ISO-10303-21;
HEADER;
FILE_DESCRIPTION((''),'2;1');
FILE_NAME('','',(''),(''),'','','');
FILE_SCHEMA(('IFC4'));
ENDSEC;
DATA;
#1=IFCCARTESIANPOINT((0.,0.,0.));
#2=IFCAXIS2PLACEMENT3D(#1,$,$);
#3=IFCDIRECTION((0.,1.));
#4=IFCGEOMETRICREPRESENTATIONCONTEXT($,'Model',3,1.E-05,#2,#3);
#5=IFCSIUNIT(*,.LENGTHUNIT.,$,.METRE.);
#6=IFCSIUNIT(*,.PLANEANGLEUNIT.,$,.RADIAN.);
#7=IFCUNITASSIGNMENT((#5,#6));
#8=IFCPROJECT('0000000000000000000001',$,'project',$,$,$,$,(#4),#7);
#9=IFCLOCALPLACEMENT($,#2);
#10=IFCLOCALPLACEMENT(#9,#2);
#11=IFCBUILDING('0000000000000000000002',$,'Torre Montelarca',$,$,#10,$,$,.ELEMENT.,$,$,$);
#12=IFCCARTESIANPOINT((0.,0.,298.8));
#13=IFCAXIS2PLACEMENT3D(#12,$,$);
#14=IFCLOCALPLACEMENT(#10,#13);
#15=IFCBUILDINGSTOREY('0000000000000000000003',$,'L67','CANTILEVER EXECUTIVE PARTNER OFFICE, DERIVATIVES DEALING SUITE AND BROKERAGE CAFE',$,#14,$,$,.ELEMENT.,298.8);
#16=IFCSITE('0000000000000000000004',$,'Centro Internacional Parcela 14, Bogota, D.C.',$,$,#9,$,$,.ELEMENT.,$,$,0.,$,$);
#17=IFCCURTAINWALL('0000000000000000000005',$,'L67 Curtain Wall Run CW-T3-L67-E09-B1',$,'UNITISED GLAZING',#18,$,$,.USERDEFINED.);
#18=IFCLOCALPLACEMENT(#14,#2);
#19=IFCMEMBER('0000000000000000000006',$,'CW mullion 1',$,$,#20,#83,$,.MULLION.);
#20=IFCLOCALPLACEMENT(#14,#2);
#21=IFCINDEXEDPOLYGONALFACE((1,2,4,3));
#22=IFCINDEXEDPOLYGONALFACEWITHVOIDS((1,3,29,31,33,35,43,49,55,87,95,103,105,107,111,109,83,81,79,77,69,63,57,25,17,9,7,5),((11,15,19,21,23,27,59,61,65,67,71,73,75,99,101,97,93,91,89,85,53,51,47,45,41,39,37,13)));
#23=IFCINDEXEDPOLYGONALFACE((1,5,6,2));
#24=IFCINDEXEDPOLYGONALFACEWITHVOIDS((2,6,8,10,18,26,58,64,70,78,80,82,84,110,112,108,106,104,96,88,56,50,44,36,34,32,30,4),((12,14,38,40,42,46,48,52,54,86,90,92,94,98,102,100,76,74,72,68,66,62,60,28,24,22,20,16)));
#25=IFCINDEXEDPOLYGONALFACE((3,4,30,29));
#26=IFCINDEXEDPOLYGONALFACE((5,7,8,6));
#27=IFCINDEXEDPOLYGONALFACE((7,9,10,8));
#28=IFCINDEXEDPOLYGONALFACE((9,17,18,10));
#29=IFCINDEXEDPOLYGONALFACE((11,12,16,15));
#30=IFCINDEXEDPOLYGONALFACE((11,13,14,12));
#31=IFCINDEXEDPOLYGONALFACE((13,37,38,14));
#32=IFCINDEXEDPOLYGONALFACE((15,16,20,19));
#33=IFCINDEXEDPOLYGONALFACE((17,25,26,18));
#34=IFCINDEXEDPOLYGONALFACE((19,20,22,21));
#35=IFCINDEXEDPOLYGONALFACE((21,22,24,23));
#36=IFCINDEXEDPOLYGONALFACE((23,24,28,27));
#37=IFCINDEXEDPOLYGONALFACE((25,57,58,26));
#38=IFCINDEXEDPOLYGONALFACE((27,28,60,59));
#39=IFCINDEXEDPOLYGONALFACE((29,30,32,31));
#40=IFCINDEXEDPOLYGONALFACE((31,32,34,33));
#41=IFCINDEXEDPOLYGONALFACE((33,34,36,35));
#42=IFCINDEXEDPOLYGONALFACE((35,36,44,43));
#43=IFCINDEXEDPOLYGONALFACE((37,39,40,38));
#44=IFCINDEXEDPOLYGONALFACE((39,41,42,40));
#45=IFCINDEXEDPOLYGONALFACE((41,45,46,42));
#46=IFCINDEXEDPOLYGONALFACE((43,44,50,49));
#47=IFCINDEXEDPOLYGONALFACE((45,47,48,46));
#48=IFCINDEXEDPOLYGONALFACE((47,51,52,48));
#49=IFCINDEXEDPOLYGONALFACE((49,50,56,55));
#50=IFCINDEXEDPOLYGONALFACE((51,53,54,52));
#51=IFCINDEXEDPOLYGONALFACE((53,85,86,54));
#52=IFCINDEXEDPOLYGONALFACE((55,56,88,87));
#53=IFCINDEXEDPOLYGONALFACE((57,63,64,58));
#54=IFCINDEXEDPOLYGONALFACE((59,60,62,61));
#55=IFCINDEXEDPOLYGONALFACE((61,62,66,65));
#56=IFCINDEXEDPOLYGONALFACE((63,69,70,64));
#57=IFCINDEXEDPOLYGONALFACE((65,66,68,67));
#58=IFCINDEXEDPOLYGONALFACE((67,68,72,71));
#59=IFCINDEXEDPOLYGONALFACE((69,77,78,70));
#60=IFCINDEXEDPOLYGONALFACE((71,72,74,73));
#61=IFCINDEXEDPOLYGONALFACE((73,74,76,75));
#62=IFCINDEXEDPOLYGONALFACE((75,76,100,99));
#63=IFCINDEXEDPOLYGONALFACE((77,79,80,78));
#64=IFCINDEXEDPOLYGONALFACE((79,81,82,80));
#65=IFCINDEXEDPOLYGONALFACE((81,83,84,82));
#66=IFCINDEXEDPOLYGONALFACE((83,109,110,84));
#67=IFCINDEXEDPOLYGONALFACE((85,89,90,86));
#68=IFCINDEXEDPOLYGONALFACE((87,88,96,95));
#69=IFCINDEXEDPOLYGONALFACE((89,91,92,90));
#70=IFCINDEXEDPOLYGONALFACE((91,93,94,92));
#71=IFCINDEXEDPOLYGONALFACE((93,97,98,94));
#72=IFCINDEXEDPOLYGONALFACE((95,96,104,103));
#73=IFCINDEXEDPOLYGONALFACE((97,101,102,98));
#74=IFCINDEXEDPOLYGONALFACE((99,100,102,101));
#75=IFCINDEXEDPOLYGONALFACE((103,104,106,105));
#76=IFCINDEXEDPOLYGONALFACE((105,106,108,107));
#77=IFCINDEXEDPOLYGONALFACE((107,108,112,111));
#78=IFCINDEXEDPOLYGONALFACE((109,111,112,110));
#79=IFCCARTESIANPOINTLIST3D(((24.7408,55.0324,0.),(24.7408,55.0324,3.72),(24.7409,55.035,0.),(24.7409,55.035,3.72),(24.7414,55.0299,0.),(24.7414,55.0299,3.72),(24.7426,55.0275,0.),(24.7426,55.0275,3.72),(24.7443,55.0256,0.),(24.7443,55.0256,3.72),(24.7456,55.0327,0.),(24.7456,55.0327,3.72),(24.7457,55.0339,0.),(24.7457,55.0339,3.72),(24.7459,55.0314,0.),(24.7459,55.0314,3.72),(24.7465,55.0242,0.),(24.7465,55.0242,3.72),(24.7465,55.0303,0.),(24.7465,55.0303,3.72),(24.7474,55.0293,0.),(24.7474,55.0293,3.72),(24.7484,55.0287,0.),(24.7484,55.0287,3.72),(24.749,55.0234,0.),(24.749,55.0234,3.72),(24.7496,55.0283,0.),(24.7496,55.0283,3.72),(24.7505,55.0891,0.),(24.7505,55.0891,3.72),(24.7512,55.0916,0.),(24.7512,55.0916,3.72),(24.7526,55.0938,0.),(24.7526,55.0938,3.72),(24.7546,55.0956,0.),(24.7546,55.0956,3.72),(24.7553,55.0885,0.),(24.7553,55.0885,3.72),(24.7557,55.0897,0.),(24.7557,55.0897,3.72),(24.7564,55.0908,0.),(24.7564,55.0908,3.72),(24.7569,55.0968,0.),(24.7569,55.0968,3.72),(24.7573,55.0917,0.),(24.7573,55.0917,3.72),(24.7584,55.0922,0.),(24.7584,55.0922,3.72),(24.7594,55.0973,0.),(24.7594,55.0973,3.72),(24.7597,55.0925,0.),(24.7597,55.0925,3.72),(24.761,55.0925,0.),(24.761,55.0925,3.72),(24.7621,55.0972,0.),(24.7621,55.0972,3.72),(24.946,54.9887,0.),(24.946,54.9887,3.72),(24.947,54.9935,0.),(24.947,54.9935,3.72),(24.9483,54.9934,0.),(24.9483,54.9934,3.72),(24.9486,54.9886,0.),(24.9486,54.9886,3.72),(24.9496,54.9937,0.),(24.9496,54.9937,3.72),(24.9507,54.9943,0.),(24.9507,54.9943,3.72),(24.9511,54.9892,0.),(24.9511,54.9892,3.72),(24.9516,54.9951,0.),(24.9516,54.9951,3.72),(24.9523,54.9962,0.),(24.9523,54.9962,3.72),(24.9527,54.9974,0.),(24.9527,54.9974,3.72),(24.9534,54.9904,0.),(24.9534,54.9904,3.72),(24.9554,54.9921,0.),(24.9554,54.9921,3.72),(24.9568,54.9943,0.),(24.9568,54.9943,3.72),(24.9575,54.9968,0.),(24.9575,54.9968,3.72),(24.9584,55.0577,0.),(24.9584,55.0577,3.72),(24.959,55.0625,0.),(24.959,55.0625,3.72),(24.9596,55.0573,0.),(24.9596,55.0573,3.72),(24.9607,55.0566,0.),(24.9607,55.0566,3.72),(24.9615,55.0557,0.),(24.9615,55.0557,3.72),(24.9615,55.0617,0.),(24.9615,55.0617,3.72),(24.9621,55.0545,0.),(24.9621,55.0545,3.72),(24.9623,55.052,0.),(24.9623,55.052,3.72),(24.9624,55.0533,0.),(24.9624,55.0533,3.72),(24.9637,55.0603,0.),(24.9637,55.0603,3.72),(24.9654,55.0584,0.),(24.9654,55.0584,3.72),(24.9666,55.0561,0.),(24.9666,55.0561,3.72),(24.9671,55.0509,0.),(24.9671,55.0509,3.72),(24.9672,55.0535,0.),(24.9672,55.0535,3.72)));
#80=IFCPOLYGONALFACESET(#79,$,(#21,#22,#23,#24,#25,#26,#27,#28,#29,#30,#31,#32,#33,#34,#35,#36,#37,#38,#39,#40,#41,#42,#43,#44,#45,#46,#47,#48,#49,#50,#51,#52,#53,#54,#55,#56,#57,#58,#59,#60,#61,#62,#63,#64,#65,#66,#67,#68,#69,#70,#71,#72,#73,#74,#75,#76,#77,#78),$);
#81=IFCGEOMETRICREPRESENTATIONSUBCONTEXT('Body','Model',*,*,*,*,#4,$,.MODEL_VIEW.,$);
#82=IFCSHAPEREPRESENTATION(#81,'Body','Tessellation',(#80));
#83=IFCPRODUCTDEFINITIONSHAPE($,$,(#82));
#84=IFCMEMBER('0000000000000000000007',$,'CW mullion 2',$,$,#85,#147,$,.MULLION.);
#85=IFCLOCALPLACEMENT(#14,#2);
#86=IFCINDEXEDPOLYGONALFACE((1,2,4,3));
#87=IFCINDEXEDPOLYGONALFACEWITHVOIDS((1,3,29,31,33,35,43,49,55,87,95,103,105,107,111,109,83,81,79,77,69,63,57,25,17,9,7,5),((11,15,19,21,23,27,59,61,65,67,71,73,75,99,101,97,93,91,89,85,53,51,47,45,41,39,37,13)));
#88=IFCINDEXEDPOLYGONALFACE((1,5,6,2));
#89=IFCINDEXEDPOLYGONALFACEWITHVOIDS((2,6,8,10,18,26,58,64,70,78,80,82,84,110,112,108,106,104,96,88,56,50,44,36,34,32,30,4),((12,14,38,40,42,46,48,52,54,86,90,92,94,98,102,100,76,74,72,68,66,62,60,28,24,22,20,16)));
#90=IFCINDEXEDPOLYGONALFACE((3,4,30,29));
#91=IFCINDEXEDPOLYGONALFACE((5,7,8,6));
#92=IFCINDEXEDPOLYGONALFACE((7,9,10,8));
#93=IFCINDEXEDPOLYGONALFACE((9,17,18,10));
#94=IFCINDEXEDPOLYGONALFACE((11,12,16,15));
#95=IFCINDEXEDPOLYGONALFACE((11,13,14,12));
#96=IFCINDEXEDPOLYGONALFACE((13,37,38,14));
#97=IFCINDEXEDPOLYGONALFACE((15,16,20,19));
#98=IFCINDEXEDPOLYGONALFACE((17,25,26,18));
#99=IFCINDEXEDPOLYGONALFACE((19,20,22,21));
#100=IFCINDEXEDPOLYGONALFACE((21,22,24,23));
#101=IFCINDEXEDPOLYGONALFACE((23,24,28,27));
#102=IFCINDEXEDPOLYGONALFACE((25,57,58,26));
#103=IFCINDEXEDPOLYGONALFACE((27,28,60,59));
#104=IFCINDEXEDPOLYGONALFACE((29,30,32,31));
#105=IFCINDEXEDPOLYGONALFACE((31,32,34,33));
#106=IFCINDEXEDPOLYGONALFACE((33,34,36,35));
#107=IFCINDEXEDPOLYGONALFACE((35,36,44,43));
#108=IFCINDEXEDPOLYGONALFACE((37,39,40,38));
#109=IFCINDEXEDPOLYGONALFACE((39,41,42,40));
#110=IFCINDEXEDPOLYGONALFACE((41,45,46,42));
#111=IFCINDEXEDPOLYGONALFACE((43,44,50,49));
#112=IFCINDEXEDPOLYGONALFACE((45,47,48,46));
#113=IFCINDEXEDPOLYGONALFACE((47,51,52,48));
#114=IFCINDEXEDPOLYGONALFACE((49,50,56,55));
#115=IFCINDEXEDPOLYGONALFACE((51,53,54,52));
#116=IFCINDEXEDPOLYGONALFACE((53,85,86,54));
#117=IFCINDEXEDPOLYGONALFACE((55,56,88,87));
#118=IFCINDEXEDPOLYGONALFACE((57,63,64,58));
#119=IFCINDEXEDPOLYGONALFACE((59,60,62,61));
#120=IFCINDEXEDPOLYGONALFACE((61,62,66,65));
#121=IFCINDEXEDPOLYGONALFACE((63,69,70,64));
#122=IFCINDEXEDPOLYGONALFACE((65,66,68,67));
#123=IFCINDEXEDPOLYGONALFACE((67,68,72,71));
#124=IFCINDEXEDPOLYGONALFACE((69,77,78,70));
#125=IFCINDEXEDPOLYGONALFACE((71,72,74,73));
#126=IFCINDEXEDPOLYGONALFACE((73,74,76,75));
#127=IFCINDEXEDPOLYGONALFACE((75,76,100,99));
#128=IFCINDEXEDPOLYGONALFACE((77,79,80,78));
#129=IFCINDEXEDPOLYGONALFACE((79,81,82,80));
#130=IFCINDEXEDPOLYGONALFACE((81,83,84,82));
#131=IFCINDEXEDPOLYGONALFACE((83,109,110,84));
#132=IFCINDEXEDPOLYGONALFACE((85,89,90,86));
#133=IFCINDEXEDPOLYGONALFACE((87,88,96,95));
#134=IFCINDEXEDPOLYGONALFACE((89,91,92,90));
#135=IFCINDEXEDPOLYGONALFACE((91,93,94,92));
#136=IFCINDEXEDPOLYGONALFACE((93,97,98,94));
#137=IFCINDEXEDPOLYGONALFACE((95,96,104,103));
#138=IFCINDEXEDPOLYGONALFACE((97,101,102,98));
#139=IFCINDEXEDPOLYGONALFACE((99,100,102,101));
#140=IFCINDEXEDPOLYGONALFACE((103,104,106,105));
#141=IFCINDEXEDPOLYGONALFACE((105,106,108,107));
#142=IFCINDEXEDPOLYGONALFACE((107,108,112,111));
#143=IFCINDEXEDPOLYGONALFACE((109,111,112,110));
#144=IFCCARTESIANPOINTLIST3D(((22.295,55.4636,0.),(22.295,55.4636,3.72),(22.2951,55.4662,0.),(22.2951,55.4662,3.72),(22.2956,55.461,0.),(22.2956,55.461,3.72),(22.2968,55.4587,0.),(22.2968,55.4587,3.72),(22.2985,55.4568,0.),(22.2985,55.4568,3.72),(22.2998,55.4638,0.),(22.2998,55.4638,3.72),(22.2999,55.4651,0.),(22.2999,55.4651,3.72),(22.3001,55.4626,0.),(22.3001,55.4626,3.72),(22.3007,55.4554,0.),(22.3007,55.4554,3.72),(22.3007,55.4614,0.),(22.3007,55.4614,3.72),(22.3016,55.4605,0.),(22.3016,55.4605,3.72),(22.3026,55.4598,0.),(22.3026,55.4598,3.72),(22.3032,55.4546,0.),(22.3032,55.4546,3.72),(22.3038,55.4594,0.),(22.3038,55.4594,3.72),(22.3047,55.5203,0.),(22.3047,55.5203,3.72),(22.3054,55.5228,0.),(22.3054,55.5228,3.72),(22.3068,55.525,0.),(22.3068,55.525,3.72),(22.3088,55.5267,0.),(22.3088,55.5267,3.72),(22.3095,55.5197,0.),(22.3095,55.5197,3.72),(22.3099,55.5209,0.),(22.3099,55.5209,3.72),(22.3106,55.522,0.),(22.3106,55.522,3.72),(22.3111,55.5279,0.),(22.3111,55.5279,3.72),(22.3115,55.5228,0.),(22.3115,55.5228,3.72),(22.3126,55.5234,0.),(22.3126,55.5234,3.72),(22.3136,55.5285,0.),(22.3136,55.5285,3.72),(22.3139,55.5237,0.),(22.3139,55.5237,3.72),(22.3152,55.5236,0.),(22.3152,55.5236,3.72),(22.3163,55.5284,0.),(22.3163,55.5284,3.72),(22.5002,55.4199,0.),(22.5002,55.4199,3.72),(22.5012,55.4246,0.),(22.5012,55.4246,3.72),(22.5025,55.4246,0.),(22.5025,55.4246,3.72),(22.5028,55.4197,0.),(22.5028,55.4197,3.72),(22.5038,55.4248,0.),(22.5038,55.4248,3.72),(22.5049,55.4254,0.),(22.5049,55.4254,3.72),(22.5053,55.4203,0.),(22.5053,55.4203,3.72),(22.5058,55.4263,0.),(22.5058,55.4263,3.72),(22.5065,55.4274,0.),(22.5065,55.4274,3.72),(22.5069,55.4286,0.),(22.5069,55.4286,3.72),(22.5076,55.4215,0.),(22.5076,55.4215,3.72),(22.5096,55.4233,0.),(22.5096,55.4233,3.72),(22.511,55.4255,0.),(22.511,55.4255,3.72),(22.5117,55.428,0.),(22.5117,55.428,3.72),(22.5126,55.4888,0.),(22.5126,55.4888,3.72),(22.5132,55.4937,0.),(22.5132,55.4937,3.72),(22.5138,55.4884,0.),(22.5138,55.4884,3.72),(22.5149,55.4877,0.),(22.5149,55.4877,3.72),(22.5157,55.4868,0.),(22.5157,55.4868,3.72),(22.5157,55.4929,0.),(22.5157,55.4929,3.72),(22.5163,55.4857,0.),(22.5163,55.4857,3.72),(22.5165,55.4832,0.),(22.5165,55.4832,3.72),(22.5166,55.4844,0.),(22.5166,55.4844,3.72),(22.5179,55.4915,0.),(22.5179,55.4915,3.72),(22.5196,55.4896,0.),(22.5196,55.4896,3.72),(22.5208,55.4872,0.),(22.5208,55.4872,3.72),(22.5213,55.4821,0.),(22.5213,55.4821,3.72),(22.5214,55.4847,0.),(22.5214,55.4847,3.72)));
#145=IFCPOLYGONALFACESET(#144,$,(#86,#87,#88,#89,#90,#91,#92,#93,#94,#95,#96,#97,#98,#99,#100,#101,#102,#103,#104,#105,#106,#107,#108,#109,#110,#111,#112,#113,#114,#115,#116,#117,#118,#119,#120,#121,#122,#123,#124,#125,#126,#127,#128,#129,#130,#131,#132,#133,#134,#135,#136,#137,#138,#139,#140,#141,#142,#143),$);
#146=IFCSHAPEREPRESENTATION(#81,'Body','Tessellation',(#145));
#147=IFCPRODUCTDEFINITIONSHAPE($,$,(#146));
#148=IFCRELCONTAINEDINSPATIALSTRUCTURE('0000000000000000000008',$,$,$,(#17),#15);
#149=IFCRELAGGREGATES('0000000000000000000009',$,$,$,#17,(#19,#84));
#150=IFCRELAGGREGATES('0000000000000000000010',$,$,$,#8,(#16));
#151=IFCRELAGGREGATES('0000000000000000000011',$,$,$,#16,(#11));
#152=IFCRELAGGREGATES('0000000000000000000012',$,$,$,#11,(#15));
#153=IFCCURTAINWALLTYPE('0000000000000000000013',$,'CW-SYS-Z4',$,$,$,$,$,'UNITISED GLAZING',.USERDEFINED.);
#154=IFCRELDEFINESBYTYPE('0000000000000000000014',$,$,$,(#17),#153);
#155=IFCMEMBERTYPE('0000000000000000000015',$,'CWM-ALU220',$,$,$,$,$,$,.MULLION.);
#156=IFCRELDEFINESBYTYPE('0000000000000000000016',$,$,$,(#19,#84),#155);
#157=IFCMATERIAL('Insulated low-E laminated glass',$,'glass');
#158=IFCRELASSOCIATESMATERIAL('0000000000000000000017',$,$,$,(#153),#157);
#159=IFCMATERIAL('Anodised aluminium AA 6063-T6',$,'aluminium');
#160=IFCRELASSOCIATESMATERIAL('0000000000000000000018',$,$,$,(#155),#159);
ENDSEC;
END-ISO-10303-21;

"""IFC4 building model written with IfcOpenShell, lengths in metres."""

from ifc_helpers import new_model, si_unit, direction, frame, origin, origin_2d, place, context, subcontext, project, spatial, hollow_rectangle, extrude, source, transform, mapped, material, material_profile, profile_set, type_object, element, aggregate, save


model = new_model("IFC4")

# Units and contexts
model_context = context("Model", 3, precision=1e-05, world=origin(), true_north=direction((0.0, 1.0)))
body_context = subcontext(model_context, "Body", "Model", "MODEL_VIEW")
ifc_project = project(units=[si_unit("LENGTHUNIT", "METRE"), si_unit("PLANEANGLEUNIT", "RADIAN")], contexts=[model_context])

# Site, building, storey
site_placement = place(None, origin())
site = spatial("IfcSite", under=ifc_project, at=site_placement, Name="Centro Internacional Parcela 14, Bogota, D.C.", CompositionType="ELEMENT", RefElevation=0.0)
building_placement = place(site_placement, origin())
building = spatial("IfcBuilding", under=site, at=building_placement, Name="Torre Montelarca", CompositionType="ELEMENT")
storey_placement = place(building_placement, frame((0.0, 0.0, 298.8)))
storey = spatial("IfcBuildingStorey", under=building, at=storey_placement, Name="L67", Description="CANTILEVER EXECUTIVE PARTNER OFFICE, DERIVATIVES DEALING SUITE AND BROKERAGE CAFE", CompositionType="ELEMENT", Elevation=298.8)

# Shared definitions
ifc_material_1 = material(Name="Insulated low-E laminated glass", Category="glass")
curtain_wall_type = type_object("IfcCurtainWallType", Name="CW-SYS-Z4", ElementType="UNITISED GLAZING", PredefinedType="USERDEFINED", material=ifc_material_1)
ifc_material_2 = material(Name="Anodised aluminium AA 6063-T6", Category="aluminium")
ifc_material_profile_1 = material_profile(ifc_material_2, hollow_rectangle(XDim=0.075, YDim=0.22, WallThickness=0.0049, InnerFilletRadius=0.0049, OuterFilletRadius=0.01, at=origin_2d()), Name="ALU75X220X5", Category="aluminium")
ifc_profile_set_1 = profile_set([ifc_material_profile_1], Name="Anodised aluminium AA 6063-T6")
member_type_1 = type_object("IfcMemberType", Name="CWM-ALU220", PredefinedType="MULLION", material=ifc_profile_set_1)
shared_shape_1 = source(origin(), body_context, "Body", "SweptSolid", [
    extrude(hollow_rectangle(XDim=0.075, YDim=0.22, WallThickness=0.0049, InnerFilletRadius=0.0049, OuterFilletRadius=0.01, at=origin_2d()), origin(), (0.0, 0.0, 1.0), 3.72),
])

# Curtain wall, members
curtain_wall_1_placement = place(storey_placement, origin())
curtain_wall_1 = element("IfcCurtainWall", 1, at=curtain_wall_1_placement, inside=storey, type_object=curtain_wall_type, Name="L67 Curtain Wall Run CW-T3-L67-E09-B1", ObjectType="UNITISED GLAZING", PredefinedType="USERDEFINED")
member_1_placement = place(storey_placement, frame((24.854, 55.043, 0.0), z_axis=(0.0, 0.0, 1.0), x_axis=(-0.173635, -0.98481, 0.0)))
member_1 = element("IfcMember", 2, at=member_1_placement, type_object=member_type_1, Name="CW mullion 1", PredefinedType="MULLION", context=body_context, shape_type="MappedRepresentation", body=[
    mapped(shared_shape_1, transform((0.0, 0.0, 0.0), scale=1.0)),
])
member_2_placement = place(storey_placement, frame((22.4082, 55.4741, 0.0), z_axis=(0.0, 0.0, 1.0), x_axis=(-0.173635, -0.98481, 0.0)))
member_2 = element("IfcMember", 3, at=member_2_placement, type_object=member_type_1, Name="CW mullion 2", PredefinedType="MULLION", context=body_context, shape_type="MappedRepresentation", body=[
    mapped(shared_shape_1, transform((0.0, 0.0, 0.0), scale=1.0)),
])

aggregate(curtain_wall_1, [member_1, member_2])

save(model, "model.ifc")
